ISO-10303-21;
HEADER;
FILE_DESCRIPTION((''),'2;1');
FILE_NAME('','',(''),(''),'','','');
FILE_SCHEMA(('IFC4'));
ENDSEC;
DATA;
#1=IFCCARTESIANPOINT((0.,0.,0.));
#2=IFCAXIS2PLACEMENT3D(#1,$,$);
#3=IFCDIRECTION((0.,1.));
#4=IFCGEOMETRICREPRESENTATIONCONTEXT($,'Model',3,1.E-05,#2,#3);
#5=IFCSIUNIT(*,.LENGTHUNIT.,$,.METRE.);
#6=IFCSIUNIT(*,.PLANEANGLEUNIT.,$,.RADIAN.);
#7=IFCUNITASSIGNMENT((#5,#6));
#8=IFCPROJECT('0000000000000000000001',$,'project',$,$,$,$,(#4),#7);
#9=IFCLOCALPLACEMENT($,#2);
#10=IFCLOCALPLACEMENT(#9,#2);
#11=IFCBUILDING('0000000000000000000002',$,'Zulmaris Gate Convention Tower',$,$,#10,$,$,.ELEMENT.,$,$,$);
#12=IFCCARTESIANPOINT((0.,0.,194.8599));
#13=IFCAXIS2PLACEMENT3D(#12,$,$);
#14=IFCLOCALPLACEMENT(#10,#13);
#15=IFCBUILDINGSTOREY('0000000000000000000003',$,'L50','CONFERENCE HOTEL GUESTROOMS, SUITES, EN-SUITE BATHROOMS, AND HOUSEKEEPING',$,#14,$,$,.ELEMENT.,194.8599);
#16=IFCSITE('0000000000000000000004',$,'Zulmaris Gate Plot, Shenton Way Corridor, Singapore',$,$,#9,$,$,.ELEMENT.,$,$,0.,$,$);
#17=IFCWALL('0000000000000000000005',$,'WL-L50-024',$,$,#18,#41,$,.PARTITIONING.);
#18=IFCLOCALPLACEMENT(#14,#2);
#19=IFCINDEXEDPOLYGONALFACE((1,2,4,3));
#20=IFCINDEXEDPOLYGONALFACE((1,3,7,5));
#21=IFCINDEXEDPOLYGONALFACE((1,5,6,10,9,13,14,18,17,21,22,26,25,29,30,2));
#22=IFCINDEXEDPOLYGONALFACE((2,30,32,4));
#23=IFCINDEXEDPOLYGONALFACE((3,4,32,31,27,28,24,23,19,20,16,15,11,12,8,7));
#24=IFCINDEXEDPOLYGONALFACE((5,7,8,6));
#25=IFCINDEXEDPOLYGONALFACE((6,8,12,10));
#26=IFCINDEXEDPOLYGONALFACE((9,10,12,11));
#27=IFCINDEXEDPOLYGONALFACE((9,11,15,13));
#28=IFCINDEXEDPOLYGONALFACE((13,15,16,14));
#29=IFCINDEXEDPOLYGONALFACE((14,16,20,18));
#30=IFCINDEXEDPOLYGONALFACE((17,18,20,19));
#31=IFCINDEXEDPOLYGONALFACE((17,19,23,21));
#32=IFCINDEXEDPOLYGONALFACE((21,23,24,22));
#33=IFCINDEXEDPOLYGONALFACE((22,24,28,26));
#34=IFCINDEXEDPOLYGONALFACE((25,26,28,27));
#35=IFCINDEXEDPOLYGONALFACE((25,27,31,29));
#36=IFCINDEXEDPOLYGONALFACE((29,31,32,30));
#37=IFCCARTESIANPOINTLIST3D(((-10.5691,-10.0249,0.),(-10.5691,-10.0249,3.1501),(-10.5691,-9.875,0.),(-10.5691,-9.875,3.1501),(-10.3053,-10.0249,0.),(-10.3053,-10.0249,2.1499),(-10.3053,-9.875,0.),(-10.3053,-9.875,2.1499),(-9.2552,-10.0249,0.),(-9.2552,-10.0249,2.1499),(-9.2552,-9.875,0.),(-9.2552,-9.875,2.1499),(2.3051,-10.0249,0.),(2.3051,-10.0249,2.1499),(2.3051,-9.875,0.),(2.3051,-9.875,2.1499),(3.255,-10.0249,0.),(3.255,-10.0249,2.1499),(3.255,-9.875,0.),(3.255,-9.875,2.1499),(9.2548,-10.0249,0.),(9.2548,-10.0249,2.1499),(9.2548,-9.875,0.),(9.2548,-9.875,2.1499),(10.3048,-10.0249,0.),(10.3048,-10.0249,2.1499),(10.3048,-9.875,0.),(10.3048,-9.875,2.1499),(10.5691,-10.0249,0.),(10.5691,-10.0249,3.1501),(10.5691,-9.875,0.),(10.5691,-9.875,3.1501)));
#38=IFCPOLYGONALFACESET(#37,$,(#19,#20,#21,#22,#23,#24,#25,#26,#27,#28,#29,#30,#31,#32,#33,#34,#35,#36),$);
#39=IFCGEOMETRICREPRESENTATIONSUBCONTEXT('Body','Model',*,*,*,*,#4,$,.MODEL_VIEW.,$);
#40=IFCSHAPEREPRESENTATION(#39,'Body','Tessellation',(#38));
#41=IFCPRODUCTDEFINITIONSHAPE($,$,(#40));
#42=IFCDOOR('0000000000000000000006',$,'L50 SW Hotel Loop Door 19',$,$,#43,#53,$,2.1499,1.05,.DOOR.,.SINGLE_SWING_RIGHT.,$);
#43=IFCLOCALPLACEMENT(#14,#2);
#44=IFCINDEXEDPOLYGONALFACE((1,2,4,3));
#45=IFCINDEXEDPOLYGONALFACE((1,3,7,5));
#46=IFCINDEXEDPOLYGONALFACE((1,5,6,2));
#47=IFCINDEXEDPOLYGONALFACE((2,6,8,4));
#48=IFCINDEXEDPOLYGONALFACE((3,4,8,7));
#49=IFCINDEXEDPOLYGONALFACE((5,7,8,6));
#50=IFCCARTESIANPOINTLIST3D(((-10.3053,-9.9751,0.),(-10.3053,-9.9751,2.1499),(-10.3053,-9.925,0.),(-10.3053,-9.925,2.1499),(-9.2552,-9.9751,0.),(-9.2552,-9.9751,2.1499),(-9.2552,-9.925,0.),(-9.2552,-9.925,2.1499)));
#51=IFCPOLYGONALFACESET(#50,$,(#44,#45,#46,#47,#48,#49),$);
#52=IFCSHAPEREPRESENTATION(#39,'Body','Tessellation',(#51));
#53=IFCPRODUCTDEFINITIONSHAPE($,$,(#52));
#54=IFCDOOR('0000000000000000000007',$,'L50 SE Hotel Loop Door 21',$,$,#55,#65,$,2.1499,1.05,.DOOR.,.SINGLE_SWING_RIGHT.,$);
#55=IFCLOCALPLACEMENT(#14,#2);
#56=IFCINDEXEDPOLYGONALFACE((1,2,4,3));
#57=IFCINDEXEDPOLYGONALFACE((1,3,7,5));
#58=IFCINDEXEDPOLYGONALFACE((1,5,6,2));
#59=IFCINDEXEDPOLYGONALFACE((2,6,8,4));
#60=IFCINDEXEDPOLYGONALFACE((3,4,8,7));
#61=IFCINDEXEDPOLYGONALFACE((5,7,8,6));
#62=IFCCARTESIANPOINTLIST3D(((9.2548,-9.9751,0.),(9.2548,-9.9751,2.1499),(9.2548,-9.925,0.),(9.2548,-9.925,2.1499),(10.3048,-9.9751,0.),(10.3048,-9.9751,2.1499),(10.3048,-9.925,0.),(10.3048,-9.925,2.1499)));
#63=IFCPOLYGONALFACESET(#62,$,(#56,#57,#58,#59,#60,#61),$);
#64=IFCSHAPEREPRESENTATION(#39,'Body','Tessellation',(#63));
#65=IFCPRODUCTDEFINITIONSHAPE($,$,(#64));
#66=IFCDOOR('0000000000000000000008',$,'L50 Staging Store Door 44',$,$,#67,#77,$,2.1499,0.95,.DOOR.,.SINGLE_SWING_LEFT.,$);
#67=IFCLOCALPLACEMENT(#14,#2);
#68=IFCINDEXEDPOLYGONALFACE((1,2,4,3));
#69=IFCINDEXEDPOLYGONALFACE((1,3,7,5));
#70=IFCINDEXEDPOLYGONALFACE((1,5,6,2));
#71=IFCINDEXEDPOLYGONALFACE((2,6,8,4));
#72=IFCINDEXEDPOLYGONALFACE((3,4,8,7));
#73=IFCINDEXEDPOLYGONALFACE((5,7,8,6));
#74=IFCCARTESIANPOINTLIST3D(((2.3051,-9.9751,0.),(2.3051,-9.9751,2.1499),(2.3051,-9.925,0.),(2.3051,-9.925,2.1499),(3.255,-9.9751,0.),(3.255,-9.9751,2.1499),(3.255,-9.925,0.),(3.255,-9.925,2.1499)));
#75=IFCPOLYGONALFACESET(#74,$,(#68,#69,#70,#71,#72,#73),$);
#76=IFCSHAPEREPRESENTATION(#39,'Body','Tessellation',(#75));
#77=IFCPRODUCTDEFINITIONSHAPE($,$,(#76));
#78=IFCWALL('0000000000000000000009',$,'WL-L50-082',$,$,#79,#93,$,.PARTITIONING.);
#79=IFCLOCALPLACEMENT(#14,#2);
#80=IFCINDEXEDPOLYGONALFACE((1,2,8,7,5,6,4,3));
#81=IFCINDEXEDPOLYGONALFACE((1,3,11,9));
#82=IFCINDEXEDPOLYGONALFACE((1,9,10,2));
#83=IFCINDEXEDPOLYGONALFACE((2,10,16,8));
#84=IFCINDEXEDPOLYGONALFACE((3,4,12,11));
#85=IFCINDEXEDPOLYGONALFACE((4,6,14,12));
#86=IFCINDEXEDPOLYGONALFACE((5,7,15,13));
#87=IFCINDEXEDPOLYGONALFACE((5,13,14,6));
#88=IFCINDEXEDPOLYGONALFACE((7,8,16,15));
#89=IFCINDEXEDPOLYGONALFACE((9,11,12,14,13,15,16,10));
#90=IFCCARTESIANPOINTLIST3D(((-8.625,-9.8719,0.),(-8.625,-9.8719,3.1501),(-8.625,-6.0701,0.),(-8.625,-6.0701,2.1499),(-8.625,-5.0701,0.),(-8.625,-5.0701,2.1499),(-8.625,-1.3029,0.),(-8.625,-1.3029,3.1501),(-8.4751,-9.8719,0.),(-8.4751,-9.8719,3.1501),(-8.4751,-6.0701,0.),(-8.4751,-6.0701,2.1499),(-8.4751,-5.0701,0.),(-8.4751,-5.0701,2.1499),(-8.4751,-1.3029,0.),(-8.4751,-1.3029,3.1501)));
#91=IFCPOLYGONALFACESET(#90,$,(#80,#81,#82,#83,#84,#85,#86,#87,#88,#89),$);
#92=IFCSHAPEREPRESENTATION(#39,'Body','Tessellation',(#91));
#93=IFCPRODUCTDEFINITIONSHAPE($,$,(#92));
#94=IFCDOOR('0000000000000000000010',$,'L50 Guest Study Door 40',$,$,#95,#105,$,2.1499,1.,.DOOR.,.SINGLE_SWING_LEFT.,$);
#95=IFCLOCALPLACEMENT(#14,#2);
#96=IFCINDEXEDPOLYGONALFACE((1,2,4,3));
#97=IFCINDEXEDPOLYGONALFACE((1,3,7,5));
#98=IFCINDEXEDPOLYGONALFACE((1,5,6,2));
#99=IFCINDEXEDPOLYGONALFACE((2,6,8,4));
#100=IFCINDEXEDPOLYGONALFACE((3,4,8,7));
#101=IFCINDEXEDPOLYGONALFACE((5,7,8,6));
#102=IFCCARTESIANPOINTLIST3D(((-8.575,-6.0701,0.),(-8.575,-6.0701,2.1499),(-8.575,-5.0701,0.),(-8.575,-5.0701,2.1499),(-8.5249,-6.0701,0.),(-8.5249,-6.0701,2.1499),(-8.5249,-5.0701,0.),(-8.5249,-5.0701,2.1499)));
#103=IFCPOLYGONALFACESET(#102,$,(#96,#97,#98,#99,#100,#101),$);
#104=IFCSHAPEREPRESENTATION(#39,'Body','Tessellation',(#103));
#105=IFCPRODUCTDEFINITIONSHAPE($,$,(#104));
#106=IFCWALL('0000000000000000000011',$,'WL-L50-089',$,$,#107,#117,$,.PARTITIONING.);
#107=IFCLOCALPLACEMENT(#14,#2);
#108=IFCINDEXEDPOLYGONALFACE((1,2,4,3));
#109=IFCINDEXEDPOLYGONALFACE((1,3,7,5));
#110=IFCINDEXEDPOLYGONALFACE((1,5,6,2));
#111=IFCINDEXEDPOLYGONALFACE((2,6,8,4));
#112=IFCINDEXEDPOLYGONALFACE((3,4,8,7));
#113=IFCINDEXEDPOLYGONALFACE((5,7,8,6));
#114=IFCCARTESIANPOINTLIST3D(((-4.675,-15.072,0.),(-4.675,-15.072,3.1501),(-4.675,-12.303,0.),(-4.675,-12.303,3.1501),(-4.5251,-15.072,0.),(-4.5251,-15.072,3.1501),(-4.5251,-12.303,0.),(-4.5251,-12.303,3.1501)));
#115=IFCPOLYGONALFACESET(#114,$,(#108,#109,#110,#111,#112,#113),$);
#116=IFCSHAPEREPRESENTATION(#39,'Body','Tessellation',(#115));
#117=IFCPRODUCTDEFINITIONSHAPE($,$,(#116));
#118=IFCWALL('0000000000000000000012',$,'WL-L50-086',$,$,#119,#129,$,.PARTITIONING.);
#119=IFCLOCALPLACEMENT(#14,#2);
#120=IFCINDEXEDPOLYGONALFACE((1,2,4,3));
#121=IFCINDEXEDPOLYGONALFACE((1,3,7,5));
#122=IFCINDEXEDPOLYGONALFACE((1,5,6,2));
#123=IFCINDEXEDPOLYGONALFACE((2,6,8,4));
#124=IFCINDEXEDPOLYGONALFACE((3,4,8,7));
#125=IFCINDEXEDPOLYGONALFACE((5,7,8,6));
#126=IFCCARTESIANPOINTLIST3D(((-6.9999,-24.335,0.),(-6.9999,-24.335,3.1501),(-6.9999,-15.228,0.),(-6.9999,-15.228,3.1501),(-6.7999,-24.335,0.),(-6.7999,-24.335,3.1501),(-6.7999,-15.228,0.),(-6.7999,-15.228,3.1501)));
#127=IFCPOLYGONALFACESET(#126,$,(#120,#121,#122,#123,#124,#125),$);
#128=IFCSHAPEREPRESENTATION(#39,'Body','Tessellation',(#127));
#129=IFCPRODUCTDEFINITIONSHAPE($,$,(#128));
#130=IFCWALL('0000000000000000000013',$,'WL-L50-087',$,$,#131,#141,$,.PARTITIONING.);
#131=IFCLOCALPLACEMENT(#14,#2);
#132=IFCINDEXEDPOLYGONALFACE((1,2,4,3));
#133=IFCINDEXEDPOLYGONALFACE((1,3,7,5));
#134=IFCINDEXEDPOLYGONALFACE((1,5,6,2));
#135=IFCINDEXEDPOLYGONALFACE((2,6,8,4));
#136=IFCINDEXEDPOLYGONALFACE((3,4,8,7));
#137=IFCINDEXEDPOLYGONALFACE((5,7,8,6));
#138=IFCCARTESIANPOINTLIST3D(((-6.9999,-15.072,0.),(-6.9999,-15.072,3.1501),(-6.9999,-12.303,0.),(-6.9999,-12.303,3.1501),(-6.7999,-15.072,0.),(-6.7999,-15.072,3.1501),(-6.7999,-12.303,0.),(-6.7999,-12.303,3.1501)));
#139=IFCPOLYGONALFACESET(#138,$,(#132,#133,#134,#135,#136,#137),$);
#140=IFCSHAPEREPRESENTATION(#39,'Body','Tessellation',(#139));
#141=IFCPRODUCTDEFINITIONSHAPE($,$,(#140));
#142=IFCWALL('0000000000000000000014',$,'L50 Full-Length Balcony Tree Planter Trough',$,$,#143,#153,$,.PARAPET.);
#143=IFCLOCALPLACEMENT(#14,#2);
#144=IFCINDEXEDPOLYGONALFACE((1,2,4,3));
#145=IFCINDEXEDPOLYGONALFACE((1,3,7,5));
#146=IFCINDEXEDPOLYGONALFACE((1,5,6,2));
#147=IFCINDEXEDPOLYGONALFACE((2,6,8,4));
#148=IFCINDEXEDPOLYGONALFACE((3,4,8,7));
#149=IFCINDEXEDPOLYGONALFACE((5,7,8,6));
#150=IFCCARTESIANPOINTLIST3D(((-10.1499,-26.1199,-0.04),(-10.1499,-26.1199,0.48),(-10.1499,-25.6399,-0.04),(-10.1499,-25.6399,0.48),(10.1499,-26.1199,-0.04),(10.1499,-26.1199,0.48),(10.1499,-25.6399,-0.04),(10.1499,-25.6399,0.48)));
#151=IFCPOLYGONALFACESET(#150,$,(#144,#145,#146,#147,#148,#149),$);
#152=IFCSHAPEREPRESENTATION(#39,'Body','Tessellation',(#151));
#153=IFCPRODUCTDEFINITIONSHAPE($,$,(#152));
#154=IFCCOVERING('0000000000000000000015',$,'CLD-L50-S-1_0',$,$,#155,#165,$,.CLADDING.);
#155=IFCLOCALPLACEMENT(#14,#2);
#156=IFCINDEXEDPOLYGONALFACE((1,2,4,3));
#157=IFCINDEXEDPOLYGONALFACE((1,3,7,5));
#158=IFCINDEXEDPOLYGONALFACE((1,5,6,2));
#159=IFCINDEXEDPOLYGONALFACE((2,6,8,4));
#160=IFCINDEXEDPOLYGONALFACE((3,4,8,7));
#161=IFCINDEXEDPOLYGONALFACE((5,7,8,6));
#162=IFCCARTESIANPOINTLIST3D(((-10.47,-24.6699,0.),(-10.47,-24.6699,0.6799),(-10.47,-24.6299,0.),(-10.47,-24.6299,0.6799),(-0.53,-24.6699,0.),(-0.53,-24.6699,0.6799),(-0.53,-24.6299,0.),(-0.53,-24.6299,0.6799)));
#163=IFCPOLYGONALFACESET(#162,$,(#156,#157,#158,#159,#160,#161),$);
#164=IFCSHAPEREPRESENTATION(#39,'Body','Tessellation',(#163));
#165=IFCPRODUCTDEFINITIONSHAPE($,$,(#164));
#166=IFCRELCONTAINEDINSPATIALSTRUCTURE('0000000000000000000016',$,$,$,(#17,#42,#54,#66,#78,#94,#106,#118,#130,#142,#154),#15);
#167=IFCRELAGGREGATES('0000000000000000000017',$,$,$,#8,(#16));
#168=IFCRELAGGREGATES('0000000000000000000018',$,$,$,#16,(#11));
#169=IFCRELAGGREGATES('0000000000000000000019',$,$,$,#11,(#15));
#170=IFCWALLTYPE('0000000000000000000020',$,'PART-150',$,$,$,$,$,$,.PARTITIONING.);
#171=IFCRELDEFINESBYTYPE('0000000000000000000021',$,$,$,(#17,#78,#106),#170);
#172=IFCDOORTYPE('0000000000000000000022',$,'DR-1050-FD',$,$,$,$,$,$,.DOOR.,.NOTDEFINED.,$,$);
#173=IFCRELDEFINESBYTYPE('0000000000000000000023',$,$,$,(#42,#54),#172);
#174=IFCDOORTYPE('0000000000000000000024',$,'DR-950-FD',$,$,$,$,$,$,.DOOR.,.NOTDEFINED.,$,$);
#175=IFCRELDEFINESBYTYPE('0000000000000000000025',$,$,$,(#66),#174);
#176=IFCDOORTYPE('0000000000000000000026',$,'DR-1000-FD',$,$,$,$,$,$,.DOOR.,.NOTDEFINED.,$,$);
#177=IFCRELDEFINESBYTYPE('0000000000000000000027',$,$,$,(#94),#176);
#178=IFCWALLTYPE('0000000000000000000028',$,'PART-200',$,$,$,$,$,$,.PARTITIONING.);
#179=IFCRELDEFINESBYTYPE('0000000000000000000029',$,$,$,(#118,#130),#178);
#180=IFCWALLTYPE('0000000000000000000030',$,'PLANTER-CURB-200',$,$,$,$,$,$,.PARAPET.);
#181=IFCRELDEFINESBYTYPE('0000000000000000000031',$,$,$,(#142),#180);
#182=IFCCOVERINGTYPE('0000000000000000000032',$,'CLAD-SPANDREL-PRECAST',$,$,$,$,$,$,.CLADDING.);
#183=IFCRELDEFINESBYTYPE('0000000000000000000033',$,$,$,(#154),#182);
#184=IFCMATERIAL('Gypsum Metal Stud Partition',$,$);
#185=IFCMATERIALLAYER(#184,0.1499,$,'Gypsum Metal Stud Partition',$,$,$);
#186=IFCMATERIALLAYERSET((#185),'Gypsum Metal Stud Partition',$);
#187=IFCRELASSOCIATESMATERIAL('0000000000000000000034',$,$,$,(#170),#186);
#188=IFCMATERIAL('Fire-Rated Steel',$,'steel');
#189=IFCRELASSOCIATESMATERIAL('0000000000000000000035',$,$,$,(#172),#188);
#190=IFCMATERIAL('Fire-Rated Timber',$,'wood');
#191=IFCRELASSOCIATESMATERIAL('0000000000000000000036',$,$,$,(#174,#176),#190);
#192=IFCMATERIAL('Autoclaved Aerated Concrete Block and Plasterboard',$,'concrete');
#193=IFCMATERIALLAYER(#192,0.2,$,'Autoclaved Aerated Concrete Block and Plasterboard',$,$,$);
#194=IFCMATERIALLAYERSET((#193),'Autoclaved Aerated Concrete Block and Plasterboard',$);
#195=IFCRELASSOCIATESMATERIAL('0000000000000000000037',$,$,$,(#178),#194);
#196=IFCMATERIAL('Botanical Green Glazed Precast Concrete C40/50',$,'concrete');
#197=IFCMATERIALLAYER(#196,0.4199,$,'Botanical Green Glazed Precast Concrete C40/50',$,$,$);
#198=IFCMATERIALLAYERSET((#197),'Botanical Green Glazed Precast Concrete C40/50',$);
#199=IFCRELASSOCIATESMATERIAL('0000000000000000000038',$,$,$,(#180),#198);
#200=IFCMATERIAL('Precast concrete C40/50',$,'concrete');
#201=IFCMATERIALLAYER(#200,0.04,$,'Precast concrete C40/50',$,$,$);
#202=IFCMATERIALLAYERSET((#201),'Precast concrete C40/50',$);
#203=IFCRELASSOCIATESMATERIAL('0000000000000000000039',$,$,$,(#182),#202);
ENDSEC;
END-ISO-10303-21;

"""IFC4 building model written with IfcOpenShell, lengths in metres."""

from ifc_helpers import new_model, si_unit, direction, frame, frame_2d, origin, place, context, subcontext, project, spatial, rectangle, extrude, material, layer, layer_set, type_object, element, fill, save


model = new_model("IFC4")

# Units and contexts
model_context = context("Model", 3, precision=1e-05, world=origin(), true_north=direction((0.0, 1.0)))
body_context = subcontext(model_context, "Body", "Model", "MODEL_VIEW")
ifc_project = project(units=[si_unit("LENGTHUNIT", "METRE"), si_unit("PLANEANGLEUNIT", "RADIAN")], contexts=[model_context])

# Site, building, storey
site_placement = place(None, origin())
site = spatial("IfcSite", under=ifc_project, at=site_placement, Name="Zulmaris Gate Plot, Shenton Way Corridor, Singapore", CompositionType="ELEMENT", RefElevation=0.0)
building_placement = place(site_placement, origin())
building = spatial("IfcBuilding", under=site, at=building_placement, Name="Zulmaris Gate Convention Tower", CompositionType="ELEMENT")
storey_placement = place(building_placement, frame((0.0, 0.0, 194.8599)))
storey = spatial("IfcBuildingStorey", under=building, at=storey_placement, Name="L50", Description="CONFERENCE HOTEL GUESTROOMS, SUITES, EN-SUITE BATHROOMS, AND HOUSEKEEPING", CompositionType="ELEMENT", Elevation=194.8599)

# Shared definitions
ifc_material_1 = material(Name="Gypsum Metal Stud Partition")
ifc_layer_1 = layer(ifc_material_1, 0.1499, Name="Gypsum Metal Stud Partition")
ifc_layer_set_1 = layer_set([ifc_layer_1], Name="Gypsum Metal Stud Partition")
wall_type_1 = type_object("IfcWallType", Name="PART-150", PredefinedType="PARTITIONING", material=ifc_layer_set_1)

# Wall, openings, doors
wall_1_placement = place(storey_placement, frame((-10.5691, -9.95, 0.0), z_axis=(0.0, 0.0, 1.0), x_axis=(1.0, 0.0, 0.0)))
wall_1 = element("IfcWall", 1, at=wall_1_placement, inside=storey, type_object=wall_type_1, Name="WL-L50-024", PredefinedType="PARTITIONING", context=body_context, shape_type="SweptSolid", body=[
    extrude(rectangle(XDim=21.1382, YDim=0.1499, at=frame_2d((10.5691, 0.0))), origin(), (0.0, 0.0, 1.0), 3.1501),
])
opening_1_placement = place(wall_1_placement, frame((0.2639, 0.0, 0.0)))
opening_1 = element("IfcOpeningElement", 2, at=opening_1_placement, cuts=wall_1, PredefinedType="OPENING", context=body_context, shape_type="SweptSolid", body=[
    extrude(rectangle(XDim=1.05, YDim=2.1499, at=frame_2d((0.5249, 1.075))), frame((0.0, 0.085, 0.0), z_axis=(0.0, -1.0, 0.0), x_axis=(1.0, 0.0, 0.0)), (0.0, 0.0, 1.0), 0.1699),
])
opening_2_placement = place(wall_1_placement, frame((19.824, 0.0, 0.0)))
opening_2 = element("IfcOpeningElement", 3, at=opening_2_placement, cuts=wall_1, PredefinedType="OPENING", context=body_context, shape_type="SweptSolid", body=[
    extrude(rectangle(XDim=1.05, YDim=2.1499, at=frame_2d((0.5249, 1.075))), frame((0.0, 0.085, 0.0), z_axis=(0.0, -1.0, 0.0), x_axis=(1.0, 0.0, 0.0)), (0.0, 0.0, 1.0), 0.1699),
])
opening_3_placement = place(wall_1_placement, frame((12.874, 0.0, 0.0)))
opening_3 = element("IfcOpeningElement", 4, at=opening_3_placement, cuts=wall_1, PredefinedType="OPENING", context=body_context, shape_type="SweptSolid", body=[
    extrude(rectangle(XDim=0.95, YDim=2.1499, at=frame_2d((0.4751, 1.075))), frame((0.0, 0.085, 0.0), z_axis=(0.0, -1.0, 0.0), x_axis=(1.0, 0.0, 0.0)), (0.0, 0.0, 1.0), 0.1699),
])
ifc_material_2 = material(Name="Fire-Rated Steel", Category="steel")
door_type_1 = type_object("IfcDoorType", Name="DR-1050-FD", OperationType="NOTDEFINED", PredefinedType="DOOR", material=ifc_material_2)
door_1_placement = place(opening_1_placement, origin())
door_1 = element("IfcDoor", 5, at=door_1_placement, inside=storey, type_object=door_type_1, Name="L50 SW Hotel Loop Door 19", OperationType="SINGLE_SWING_RIGHT", OverallHeight=2.1499, OverallWidth=1.05, PredefinedType="DOOR", context=body_context, shape_type="SweptSolid", body=[
    extrude(rectangle(XDim=1.05, YDim=2.1499, at=frame_2d((0.5249, 1.075))), frame((0.0, 0.0249, 0.0), z_axis=(0.0, -1.0, 0.0), x_axis=(1.0, 0.0, 0.0)), (0.0, 0.0, 1.0), 0.05),
])
fill(opening_1, door_1)
door_2_placement = place(opening_2_placement, origin())
door_2 = element("IfcDoor", 6, at=door_2_placement, inside=storey, type_object=door_type_1, Name="L50 SE Hotel Loop Door 21", OperationType="SINGLE_SWING_RIGHT", OverallHeight=2.1499, OverallWidth=1.05, PredefinedType="DOOR", context=body_context, shape_type="SweptSolid", body=[
    extrude(rectangle(XDim=1.05, YDim=2.1499, at=frame_2d((0.5249, 1.075))), frame((0.0, 0.0249, 0.0), z_axis=(0.0, -1.0, 0.0), x_axis=(1.0, 0.0, 0.0)), (0.0, 0.0, 1.0), 0.05),
])
fill(opening_2, door_2)
ifc_material_3 = material(Name="Fire-Rated Timber", Category="wood")
door_type_2 = type_object("IfcDoorType", Name="DR-950-FD", OperationType="NOTDEFINED", PredefinedType="DOOR", material=ifc_material_3)
door_3_placement = place(opening_3_placement, origin())
door_3 = element("IfcDoor", 7, at=door_3_placement, inside=storey, type_object=door_type_2, Name="L50 Staging Store Door 44", OperationType="SINGLE_SWING_LEFT", OverallHeight=2.1499, OverallWidth=0.95, PredefinedType="DOOR", context=body_context, shape_type="SweptSolid", body=[
    extrude(rectangle(XDim=0.95, YDim=2.1499, at=frame_2d((0.4751, 1.075))), frame((0.0, 0.0249, 0.0), z_axis=(0.0, -1.0, 0.0), x_axis=(1.0, 0.0, 0.0)), (0.0, 0.0, 1.0), 0.05),
])
fill(opening_3, door_3)

# Wall, opening, door
wall_2_placement = place(storey_placement, frame((-8.55, -9.8721, 0.0), z_axis=(0.0, 0.0, 1.0), x_axis=(0.0, 1.0, 0.0)))
wall_2 = element("IfcWall", 8, at=wall_2_placement, inside=storey, type_object=wall_type_1, Name="WL-L50-082", PredefinedType="PARTITIONING", context=body_context, shape_type="SweptSolid", body=[
    extrude(rectangle(XDim=8.5691, YDim=0.1499, at=frame_2d((4.2847, 0.0))), origin(), (0.0, 0.0, 1.0), 3.1501),
])
opening_4_placement = place(wall_2_placement, frame((3.802, 0.0, 0.0)))
opening_4 = element("IfcOpeningElement", 9, at=opening_4_placement, cuts=wall_2, PredefinedType="OPENING", context=body_context, shape_type="SweptSolid", body=[
    extrude(rectangle(XDim=1.0, YDim=2.1499, at=frame_2d((0.5, 1.075))), frame((0.0, 0.085, 0.0), z_axis=(0.0, -1.0, 0.0), x_axis=(1.0, 0.0, 0.0)), (0.0, 0.0, 1.0), 0.1699),
])
door_type_3 = type_object("IfcDoorType", Name="DR-1000-FD", OperationType="NOTDEFINED", PredefinedType="DOOR", material=ifc_material_3)
door_4_placement = place(opening_4_placement, origin())
door_4 = element("IfcDoor", 10, at=door_4_placement, inside=storey, type_object=door_type_3, Name="L50 Guest Study Door 40", OperationType="SINGLE_SWING_LEFT", OverallHeight=2.1499, OverallWidth=1.0, PredefinedType="DOOR", context=body_context, shape_type="SweptSolid", body=[
    extrude(rectangle(XDim=1.0, YDim=2.1499, at=frame_2d((0.5, 1.075))), frame((0.0, 0.0249, 0.0), z_axis=(0.0, -1.0, 0.0), x_axis=(1.0, 0.0, 0.0)), (0.0, 0.0, 1.0), 0.05),
])
fill(opening_4, door_4)

# Walls
wall_3_placement = place(storey_placement, frame((-4.6001, -15.072, 0.0), z_axis=(0.0, 0.0, 1.0), x_axis=(0.0, 1.0, 0.0)))
element("IfcWall", 11, at=wall_3_placement, inside=storey, type_object=wall_type_1, Name="WL-L50-089", PredefinedType="PARTITIONING", context=body_context, shape_type="SweptSolid", body=[
    extrude(rectangle(XDim=2.769, YDim=0.1499, at=frame_2d((1.3845, 0.0))), origin(), (0.0, 0.0, 1.0), 3.1501),
])
ifc_material_4 = material(Name="Autoclaved Aerated Concrete Block and Plasterboard", Category="concrete")
ifc_layer_2 = layer(ifc_material_4, 0.2, Name="Autoclaved Aerated Concrete Block and Plasterboard")
ifc_layer_set_2 = layer_set([ifc_layer_2], Name="Autoclaved Aerated Concrete Block and Plasterboard")
wall_type_2 = type_object("IfcWallType", Name="PART-200", PredefinedType="PARTITIONING", material=ifc_layer_set_2)
wall_4_placement = place(storey_placement, frame((-6.8999, -24.335, 0.0), z_axis=(0.0, 0.0, 1.0), x_axis=(0.0, 1.0, 0.0)))
element("IfcWall", 12, at=wall_4_placement, inside=storey, type_object=wall_type_2, Name="WL-L50-086", PredefinedType="PARTITIONING", context=body_context, shape_type="SweptSolid", body=[
    extrude(rectangle(XDim=9.1069, YDim=0.2, at=frame_2d((4.5535, 0.0))), origin(), (0.0, 0.0, 1.0), 3.1501),
])
wall_5_placement = place(storey_placement, frame((-6.8999, -15.072, 0.0), z_axis=(0.0, 0.0, 1.0), x_axis=(0.0, 1.0, 0.0)))
element("IfcWall", 13, at=wall_5_placement, inside=storey, type_object=wall_type_2, Name="WL-L50-087", PredefinedType="PARTITIONING", context=body_context, shape_type="SweptSolid", body=[
    extrude(rectangle(XDim=2.769, YDim=0.2, at=frame_2d((1.3845, 0.0))), origin(), (0.0, 0.0, 1.0), 3.1501),
])
ifc_material_5 = material(Name="Botanical Green Glazed Precast Concrete C40/50", Category="concrete")
ifc_layer_3 = layer(ifc_material_5, 0.4199, Name="Botanical Green Glazed Precast Concrete C40/50")
ifc_layer_set_3 = layer_set([ifc_layer_3], Name="Botanical Green Glazed Precast Concrete C40/50")
wall_type_3 = type_object("IfcWallType", Name="PLANTER-CURB-200", PredefinedType="PARAPET", material=ifc_layer_set_3)
wall_6_placement = place(storey_placement, frame((-10.1499, -25.8799, -0.04), z_axis=(0.0, 0.0, 1.0), x_axis=(1.0, 0.0, 0.0)))
element("IfcWall", 14, at=wall_6_placement, inside=storey, type_object=wall_type_3, Name="L50 Full-Length Balcony Tree Planter Trough", PredefinedType="PARAPET", context=body_context, shape_type="SweptSolid", body=[
    extrude(rectangle(XDim=20.2998, YDim=0.48, at=frame_2d((10.1499, 0.0))), origin(), (0.0, 0.0, 1.0), 0.52),
])

# Shared definitions
ifc_material_6 = material(Name="Precast concrete C40/50", Category="concrete")

# Covering
ifc_layer_4 = layer(ifc_material_6, 0.04, Name="Precast concrete C40/50")
ifc_layer_set_4 = layer_set([ifc_layer_4], Name="Precast concrete C40/50")
covering_type = type_object("IfcCoveringType", Name="CLAD-SPANDREL-PRECAST", PredefinedType="CLADDING", material=ifc_layer_set_4)
covering_placement = place(storey_placement, frame((-10.47, -24.6499, 0.0), z_axis=(0.0, 0.0, 1.0), x_axis=(1.0, 0.0, 0.0)))
element("IfcCovering", 15, at=covering_placement, inside=storey, type_object=covering_type, Name="CLD-L50-S-1_0", PredefinedType="CLADDING", context=body_context, shape_type="SweptSolid", body=[
    extrude(rectangle(XDim=9.9399, YDim=0.04, at=frame_2d((4.97, 0.0))), origin(), (0.0, 0.0, 1.0), 0.6799),
])

save(model, "model.ifc")
